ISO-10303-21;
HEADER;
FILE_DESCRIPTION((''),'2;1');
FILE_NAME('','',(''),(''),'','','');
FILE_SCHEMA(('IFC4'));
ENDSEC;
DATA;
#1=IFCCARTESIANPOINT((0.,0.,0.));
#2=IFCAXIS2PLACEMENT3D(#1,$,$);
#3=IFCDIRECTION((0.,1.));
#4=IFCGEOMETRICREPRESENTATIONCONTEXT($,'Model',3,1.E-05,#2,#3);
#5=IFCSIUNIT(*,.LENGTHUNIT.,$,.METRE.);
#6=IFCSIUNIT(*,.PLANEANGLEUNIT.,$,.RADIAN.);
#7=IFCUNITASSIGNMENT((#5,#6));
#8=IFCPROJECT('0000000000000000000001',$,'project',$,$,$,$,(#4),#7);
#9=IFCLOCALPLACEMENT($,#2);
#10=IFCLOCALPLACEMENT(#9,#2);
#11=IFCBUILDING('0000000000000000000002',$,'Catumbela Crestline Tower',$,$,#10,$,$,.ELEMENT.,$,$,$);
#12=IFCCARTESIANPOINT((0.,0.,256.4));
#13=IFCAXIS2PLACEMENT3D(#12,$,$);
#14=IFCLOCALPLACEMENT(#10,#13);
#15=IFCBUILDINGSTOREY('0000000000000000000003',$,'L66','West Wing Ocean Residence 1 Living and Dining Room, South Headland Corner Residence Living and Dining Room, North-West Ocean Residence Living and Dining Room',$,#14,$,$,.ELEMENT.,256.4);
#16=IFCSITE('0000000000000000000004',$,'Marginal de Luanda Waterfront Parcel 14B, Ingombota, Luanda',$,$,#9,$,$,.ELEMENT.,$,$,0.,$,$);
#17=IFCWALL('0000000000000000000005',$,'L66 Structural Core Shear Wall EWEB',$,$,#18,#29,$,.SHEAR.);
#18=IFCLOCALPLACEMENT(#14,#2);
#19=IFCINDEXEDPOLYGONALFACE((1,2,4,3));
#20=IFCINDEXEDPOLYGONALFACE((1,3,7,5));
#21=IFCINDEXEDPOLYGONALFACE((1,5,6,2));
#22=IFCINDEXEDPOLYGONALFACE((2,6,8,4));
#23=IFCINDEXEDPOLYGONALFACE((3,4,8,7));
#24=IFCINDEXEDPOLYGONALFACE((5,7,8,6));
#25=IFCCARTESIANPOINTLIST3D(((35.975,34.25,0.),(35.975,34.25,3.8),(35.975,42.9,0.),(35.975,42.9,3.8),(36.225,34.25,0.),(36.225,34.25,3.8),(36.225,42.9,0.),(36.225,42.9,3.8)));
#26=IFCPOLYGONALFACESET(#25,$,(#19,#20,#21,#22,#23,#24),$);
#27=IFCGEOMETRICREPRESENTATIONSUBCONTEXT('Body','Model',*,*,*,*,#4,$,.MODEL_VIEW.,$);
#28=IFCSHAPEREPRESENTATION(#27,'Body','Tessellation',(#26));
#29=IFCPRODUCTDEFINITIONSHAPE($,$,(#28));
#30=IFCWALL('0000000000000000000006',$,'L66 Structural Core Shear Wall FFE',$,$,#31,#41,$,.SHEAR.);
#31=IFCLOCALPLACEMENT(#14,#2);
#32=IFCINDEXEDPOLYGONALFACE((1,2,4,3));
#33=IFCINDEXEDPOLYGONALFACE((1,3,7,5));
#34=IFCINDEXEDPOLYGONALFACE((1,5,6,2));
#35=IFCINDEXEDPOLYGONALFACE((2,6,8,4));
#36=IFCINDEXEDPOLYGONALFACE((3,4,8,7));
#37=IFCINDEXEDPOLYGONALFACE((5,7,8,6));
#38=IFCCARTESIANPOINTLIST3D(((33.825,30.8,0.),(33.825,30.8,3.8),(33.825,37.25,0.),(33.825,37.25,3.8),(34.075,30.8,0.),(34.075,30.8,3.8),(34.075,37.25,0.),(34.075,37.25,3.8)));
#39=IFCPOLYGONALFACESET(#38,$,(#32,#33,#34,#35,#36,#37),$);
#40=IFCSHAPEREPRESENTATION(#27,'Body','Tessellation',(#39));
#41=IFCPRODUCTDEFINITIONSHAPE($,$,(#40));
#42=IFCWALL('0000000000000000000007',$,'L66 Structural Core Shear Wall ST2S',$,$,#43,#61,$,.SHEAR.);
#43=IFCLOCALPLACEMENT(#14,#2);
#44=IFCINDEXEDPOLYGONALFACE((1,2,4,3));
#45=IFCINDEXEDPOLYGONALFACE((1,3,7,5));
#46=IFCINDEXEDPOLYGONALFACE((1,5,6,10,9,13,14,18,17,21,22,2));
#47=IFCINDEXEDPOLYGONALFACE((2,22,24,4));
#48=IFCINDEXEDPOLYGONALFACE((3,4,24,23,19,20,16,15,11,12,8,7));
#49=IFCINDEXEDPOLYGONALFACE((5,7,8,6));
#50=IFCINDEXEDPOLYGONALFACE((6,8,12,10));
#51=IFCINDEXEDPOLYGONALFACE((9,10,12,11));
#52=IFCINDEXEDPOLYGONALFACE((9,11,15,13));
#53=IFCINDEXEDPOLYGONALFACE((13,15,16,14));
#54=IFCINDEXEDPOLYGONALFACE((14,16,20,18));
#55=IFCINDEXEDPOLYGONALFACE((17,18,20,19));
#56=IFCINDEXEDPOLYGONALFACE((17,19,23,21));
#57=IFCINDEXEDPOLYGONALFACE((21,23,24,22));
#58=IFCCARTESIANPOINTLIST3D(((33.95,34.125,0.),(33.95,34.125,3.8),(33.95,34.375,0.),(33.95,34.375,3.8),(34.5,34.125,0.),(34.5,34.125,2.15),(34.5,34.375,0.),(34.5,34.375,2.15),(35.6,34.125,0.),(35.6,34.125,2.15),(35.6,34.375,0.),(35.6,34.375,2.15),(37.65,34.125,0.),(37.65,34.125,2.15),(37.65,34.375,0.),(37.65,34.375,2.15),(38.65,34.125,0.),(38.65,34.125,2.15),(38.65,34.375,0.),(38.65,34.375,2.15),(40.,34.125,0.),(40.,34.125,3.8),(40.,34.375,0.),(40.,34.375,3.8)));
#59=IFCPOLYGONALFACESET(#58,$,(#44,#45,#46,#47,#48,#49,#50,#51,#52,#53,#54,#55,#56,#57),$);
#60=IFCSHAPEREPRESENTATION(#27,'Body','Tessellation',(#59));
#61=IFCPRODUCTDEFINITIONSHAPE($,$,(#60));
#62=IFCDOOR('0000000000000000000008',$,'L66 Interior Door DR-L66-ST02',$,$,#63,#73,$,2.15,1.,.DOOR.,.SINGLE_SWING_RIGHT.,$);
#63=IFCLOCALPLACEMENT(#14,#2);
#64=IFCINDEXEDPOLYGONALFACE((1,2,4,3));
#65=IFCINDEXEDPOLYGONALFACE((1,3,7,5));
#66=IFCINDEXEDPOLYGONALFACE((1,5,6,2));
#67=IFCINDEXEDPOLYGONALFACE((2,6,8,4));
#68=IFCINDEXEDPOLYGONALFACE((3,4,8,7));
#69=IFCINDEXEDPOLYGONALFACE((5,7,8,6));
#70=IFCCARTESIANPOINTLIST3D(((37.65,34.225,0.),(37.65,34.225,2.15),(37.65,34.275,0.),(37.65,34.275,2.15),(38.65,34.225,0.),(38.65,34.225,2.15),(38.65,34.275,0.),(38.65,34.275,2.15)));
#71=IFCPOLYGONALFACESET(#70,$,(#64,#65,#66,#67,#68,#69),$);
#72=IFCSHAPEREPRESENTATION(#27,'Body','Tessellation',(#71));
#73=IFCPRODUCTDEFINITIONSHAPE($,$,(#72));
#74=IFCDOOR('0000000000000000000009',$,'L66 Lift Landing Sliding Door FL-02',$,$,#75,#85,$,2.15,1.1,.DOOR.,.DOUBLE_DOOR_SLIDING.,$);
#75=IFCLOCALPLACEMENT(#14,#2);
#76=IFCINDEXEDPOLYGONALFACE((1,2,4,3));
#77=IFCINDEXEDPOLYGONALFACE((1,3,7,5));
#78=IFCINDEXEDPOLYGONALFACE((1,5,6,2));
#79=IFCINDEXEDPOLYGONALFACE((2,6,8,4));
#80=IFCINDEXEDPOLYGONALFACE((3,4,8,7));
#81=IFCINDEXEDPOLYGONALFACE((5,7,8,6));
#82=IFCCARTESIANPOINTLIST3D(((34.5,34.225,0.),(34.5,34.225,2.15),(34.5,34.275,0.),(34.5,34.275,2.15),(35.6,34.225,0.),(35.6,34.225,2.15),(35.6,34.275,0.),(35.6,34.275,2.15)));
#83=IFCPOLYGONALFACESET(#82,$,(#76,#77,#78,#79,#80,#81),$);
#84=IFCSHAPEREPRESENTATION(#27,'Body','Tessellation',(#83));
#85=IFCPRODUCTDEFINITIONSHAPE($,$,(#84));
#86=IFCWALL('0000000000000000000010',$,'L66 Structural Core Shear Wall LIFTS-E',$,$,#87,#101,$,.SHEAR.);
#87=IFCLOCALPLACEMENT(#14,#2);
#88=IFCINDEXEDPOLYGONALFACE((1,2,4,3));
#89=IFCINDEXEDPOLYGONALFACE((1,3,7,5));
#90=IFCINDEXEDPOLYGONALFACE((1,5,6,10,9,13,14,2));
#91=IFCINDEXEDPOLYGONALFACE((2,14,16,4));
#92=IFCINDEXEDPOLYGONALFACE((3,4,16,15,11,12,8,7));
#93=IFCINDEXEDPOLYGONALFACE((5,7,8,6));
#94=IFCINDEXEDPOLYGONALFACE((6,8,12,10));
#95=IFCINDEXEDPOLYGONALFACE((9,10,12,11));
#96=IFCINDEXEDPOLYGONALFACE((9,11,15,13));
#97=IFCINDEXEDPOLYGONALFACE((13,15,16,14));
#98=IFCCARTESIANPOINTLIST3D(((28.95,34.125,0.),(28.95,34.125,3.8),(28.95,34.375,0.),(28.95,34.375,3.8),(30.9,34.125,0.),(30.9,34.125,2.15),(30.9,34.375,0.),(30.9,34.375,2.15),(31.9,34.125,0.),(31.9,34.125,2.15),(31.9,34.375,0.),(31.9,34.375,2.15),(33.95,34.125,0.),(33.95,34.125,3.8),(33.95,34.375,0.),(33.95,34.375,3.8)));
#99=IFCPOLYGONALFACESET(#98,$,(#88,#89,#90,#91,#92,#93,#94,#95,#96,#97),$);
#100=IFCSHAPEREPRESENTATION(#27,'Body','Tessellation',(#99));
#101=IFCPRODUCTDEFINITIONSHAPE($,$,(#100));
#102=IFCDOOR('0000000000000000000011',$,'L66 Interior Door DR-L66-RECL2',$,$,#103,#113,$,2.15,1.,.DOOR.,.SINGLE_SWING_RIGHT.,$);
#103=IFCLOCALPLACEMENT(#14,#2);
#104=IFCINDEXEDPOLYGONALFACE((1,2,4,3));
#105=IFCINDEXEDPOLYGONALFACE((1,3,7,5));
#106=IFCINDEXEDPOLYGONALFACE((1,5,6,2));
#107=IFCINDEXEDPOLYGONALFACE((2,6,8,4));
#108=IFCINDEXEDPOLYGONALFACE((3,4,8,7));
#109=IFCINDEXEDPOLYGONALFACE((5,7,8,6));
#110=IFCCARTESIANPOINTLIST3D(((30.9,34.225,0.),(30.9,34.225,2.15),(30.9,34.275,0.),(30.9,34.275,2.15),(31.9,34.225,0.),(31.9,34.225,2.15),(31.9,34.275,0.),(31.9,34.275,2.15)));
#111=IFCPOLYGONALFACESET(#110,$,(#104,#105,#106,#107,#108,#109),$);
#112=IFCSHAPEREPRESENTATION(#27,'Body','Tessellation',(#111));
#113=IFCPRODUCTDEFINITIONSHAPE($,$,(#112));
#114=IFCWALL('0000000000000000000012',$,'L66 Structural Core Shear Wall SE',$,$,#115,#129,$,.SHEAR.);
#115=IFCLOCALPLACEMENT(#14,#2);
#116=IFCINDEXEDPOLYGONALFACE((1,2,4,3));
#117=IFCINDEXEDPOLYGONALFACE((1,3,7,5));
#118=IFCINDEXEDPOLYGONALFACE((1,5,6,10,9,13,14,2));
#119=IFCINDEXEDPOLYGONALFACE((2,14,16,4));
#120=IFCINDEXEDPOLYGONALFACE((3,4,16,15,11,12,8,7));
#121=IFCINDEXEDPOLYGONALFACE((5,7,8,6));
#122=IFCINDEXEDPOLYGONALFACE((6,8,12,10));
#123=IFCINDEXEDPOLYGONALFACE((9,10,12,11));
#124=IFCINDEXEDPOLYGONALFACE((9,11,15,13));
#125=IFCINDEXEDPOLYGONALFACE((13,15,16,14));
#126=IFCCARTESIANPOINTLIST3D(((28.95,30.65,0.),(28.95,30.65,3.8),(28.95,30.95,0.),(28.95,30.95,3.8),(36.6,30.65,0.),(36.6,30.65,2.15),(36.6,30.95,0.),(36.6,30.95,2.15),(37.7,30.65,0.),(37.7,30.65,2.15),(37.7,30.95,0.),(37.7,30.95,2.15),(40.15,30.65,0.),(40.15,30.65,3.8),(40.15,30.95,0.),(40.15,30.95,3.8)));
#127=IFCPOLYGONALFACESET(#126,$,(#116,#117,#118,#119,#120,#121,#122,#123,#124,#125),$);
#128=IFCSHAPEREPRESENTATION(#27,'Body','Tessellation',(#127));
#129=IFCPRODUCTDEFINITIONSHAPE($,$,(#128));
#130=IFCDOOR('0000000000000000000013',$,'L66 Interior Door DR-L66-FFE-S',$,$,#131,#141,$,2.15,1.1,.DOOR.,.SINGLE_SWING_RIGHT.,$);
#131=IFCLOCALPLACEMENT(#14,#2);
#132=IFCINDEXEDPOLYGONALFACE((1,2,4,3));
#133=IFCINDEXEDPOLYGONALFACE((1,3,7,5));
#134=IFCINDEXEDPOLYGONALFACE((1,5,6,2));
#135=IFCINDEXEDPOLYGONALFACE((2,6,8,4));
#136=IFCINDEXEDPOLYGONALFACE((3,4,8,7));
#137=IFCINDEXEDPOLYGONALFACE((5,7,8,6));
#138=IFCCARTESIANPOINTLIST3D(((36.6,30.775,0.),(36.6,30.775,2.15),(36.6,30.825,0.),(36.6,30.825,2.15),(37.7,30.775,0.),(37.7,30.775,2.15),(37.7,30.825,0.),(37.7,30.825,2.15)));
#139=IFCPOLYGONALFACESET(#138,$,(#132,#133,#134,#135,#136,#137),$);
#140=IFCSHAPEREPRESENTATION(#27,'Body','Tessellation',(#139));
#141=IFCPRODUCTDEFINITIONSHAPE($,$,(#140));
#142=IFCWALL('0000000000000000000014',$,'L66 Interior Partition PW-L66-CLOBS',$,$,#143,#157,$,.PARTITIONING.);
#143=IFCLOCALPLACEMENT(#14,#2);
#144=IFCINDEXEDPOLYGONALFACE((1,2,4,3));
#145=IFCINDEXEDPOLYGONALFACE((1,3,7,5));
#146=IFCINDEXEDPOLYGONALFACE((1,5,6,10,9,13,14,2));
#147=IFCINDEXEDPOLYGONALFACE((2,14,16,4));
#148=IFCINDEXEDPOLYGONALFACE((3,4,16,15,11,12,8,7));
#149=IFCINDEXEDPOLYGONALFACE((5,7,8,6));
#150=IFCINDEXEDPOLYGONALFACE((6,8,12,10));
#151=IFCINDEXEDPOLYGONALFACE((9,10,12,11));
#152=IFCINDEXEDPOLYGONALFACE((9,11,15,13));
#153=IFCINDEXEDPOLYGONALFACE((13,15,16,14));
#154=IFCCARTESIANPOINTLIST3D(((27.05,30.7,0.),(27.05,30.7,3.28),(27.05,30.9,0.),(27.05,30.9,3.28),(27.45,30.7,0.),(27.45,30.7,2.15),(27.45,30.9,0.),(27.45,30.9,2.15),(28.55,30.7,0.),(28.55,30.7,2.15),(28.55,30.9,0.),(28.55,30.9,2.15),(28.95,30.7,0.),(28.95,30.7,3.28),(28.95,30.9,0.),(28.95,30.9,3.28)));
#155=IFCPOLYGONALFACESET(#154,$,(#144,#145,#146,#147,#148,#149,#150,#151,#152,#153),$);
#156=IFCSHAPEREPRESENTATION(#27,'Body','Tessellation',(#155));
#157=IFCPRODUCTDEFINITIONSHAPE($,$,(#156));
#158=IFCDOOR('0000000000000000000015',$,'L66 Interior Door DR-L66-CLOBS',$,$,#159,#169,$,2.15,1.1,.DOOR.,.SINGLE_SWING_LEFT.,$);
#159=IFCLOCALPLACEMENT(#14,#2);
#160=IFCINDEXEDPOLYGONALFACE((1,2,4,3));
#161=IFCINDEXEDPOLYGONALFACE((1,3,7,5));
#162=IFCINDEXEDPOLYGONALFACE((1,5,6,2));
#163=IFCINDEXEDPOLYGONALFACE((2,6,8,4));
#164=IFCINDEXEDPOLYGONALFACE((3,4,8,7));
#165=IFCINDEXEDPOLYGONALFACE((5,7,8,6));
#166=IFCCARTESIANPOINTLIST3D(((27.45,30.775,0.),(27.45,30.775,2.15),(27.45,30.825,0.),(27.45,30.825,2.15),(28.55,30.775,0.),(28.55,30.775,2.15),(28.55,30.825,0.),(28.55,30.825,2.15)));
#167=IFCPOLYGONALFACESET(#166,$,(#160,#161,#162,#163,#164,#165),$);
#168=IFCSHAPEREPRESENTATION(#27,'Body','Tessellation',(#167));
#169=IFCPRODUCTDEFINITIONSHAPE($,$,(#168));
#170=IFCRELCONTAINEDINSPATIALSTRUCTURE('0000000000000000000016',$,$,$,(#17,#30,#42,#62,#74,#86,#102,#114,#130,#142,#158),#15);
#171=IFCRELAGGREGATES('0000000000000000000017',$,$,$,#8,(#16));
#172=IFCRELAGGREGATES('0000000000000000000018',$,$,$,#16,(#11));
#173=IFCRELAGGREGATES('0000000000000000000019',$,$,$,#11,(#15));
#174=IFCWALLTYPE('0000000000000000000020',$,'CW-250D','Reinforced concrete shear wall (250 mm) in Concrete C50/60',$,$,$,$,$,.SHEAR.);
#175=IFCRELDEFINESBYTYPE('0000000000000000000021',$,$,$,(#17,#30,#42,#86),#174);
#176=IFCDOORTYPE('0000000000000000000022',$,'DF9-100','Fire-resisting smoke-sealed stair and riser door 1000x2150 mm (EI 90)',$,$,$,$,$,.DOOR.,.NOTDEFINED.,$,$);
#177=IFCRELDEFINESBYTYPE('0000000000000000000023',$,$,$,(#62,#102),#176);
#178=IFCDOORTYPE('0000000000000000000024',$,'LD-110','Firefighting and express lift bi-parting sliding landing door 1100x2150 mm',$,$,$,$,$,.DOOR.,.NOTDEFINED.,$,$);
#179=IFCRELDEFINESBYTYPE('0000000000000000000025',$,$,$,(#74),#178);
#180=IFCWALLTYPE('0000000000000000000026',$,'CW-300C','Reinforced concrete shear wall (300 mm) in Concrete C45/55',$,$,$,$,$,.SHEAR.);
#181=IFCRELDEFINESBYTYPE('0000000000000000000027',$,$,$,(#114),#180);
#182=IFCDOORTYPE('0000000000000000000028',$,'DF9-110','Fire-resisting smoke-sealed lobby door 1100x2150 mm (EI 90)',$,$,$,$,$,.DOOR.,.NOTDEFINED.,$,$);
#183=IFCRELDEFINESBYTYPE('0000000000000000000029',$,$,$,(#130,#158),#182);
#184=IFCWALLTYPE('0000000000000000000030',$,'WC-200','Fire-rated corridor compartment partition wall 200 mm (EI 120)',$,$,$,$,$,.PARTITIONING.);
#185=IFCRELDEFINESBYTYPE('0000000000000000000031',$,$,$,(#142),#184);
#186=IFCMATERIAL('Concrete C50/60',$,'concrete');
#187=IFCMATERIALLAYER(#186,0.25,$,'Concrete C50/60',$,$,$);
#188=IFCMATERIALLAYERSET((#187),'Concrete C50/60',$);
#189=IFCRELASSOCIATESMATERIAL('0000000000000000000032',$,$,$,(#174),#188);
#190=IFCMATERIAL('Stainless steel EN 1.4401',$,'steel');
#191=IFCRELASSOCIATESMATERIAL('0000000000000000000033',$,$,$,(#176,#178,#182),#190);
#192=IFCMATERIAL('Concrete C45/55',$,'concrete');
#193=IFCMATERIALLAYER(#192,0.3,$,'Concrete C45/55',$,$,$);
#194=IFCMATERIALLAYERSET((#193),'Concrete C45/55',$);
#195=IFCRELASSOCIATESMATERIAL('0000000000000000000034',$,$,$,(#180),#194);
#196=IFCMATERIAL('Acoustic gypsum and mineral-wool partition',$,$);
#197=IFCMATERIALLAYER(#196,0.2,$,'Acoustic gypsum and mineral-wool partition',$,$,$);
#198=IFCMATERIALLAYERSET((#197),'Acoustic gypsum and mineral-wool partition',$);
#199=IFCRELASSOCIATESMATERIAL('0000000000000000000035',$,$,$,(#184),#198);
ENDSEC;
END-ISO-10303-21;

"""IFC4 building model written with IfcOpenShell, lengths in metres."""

from ifc_helpers import new_model, si_unit, direction, frame, frame_2d, origin, place, context, subcontext, project, spatial, rectangle, extrude, material, layer, layer_set, type_object, element, fill, save


model = new_model("IFC4")

# Units and contexts
model_context = context("Model", 3, precision=1e-05, world=origin(), true_north=direction((0.0, 1.0)))
body_context = subcontext(model_context, "Body", "Model", "MODEL_VIEW")
ifc_project = project(units=[si_unit("LENGTHUNIT", "METRE"), si_unit("PLANEANGLEUNIT", "RADIAN")], contexts=[model_context])

# Site, building, storey
site_placement = place(None, origin())
site = spatial("IfcSite", under=ifc_project, at=site_placement, Name="Marginal de Luanda Waterfront Parcel 14B, Ingombota, Luanda", CompositionType="ELEMENT", RefElevation=0.0)
building_placement = place(site_placement, origin())
building = spatial("IfcBuilding", under=site, at=building_placement, Name="Catumbela Crestline Tower", CompositionType="ELEMENT")
storey_placement = place(building_placement, frame((0.0, 0.0, 256.4)))
storey = spatial("IfcBuildingStorey", under=building, at=storey_placement, Name="L66", Description="West Wing Ocean Residence 1 Living and Dining Room, South Headland Corner Residence Living and Dining Room, North-West Ocean Residence Living and Dining Room", CompositionType="ELEMENT", Elevation=256.4)

# Walls
ifc_material_1 = material(Name="Concrete C50/60", Category="concrete")
ifc_layer_1 = layer(ifc_material_1, 0.25, Name="Concrete C50/60")
ifc_layer_set_1 = layer_set([ifc_layer_1], Name="Concrete C50/60")
wall_type_1 = type_object("IfcWallType", Name="CW-250D", Description="Reinforced concrete shear wall (250 mm) in Concrete C50/60", PredefinedType="SHEAR", material=ifc_layer_set_1)
wall_1_placement = place(storey_placement, frame((36.1, 34.25, 0.0), z_axis=(0.0, 0.0, 1.0), x_axis=(0.0, 1.0, 0.0)))
element("IfcWall", 1, at=wall_1_placement, inside=storey, type_object=wall_type_1, Name="L66 Structural Core Shear Wall EWEB", PredefinedType="SHEAR", context=body_context, shape_type="SweptSolid", body=[
    extrude(rectangle(XDim=8.65, YDim=0.25, at=frame_2d((4.325, 0.0))), origin(), (0.0, 0.0, 1.0), 3.8),
])
wall_2_placement = place(storey_placement, frame((33.95, 30.8, 0.0), z_axis=(0.0, 0.0, 1.0), x_axis=(0.0, 1.0, 0.0)))
element("IfcWall", 2, at=wall_2_placement, inside=storey, type_object=wall_type_1, Name="L66 Structural Core Shear Wall FFE", PredefinedType="SHEAR", context=body_context, shape_type="SweptSolid", body=[
    extrude(rectangle(XDim=6.45, YDim=0.25, at=frame_2d((3.225, 0.0))), origin(), (0.0, 0.0, 1.0), 3.8),
])

# Wall, openings, doors
wall_3_placement = place(storey_placement, frame((33.95, 34.25, 0.0), z_axis=(0.0, 0.0, 1.0), x_axis=(1.0, 0.0, 0.0)))
wall_3 = element("IfcWall", 3, at=wall_3_placement, inside=storey, type_object=wall_type_1, Name="L66 Structural Core Shear Wall ST2S", PredefinedType="SHEAR", context=body_context, shape_type="SweptSolid", body=[
    extrude(rectangle(XDim=6.05, YDim=0.25, at=frame_2d((3.025, 0.0))), origin(), (0.0, 0.0, 1.0), 3.8),
])
opening_1_placement = place(wall_3_placement, frame((3.7, 0.0, 0.0)))
opening_1 = element("IfcOpeningElement", 4, at=opening_1_placement, cuts=wall_3, PredefinedType="OPENING", context=body_context, shape_type="SweptSolid", body=[
    extrude(rectangle(XDim=1.0, YDim=2.15, at=frame_2d((0.5, 1.075))), frame((0.0, 0.135, 0.0), z_axis=(0.0, -1.0, 0.0), x_axis=(1.0, 0.0, 0.0)), (0.0, 0.0, 1.0), 0.27),
])
opening_2_placement = place(wall_3_placement, frame((0.55, 0.0, 0.0)))
opening_2 = element("IfcOpeningElement", 5, at=opening_2_placement, cuts=wall_3, PredefinedType="OPENING", context=body_context, shape_type="SweptSolid", body=[
    extrude(rectangle(XDim=1.1, YDim=2.15, at=frame_2d((0.55, 1.075))), frame((0.0, 0.135, 0.0), z_axis=(0.0, -1.0, 0.0), x_axis=(1.0, 0.0, 0.0)), (0.0, 0.0, 1.0), 0.27),
])
ifc_material_2 = material(Name="Stainless steel EN 1.4401", Category="steel")
door_type_1 = type_object("IfcDoorType", Name="DF9-100", Description="Fire-resisting smoke-sealed stair and riser door 1000x2150 mm (EI 90)", OperationType="NOTDEFINED", PredefinedType="DOOR", material=ifc_material_2)
door_1_placement = place(opening_1_placement, origin())
door_1 = element("IfcDoor", 6, at=door_1_placement, inside=storey, type_object=door_type_1, Name="L66 Interior Door DR-L66-ST02", OperationType="SINGLE_SWING_RIGHT", OverallHeight=2.15, OverallWidth=1.0, PredefinedType="DOOR", context=body_context, shape_type="SweptSolid", body=[
    extrude(rectangle(XDim=1.0, YDim=2.15, at=frame_2d((0.5, 1.075))), frame((0.0, 0.025, 0.0), z_axis=(0.0, -1.0, 0.0), x_axis=(1.0, 0.0, 0.0)), (0.0, 0.0, 1.0), 0.05),
])
fill(opening_1, door_1)
door_type_2 = type_object("IfcDoorType", Name="LD-110", Description="Firefighting and express lift bi-parting sliding landing door 1100x2150 mm", OperationType="NOTDEFINED", PredefinedType="DOOR", material=ifc_material_2)
door_2_placement = place(opening_2_placement, origin())
door_2 = element("IfcDoor", 7, at=door_2_placement, inside=storey, type_object=door_type_2, Name="L66 Lift Landing Sliding Door FL-02", OperationType="DOUBLE_DOOR_SLIDING", OverallHeight=2.15, OverallWidth=1.1, PredefinedType="DOOR", context=body_context, shape_type="SweptSolid", body=[
    extrude(rectangle(XDim=1.1, YDim=2.15, at=frame_2d((0.55, 1.075))), frame((0.0, 0.025, 0.0), z_axis=(0.0, -1.0, 0.0), x_axis=(1.0, 0.0, 0.0)), (0.0, 0.0, 1.0), 0.05),
])
fill(opening_2, door_2)

# Walls, openings, doors
wall_4_placement = place(storey_placement, frame((28.95, 34.25, 0.0), z_axis=(0.0, 0.0, 1.0), x_axis=(1.0, 0.0, 0.0)))
wall_4 = element("IfcWall", 8, at=wall_4_placement, inside=storey, type_object=wall_type_1, Name="L66 Structural Core Shear Wall LIFTS-E", PredefinedType="SHEAR", context=body_context, shape_type="SweptSolid", body=[
    extrude(rectangle(XDim=5.0, YDim=0.25, at=frame_2d((2.5, 0.0))), origin(), (0.0, 0.0, 1.0), 3.8),
])
opening_3_placement = place(wall_4_placement, frame((1.95, 0.0, 0.0)))
opening_3 = element("IfcOpeningElement", 9, at=opening_3_placement, cuts=wall_4, PredefinedType="OPENING", context=body_context, shape_type="SweptSolid", body=[
    extrude(rectangle(XDim=1.0, YDim=2.15, at=frame_2d((0.5, 1.075))), frame((0.0, 0.135, 0.0), z_axis=(0.0, -1.0, 0.0), x_axis=(1.0, 0.0, 0.0)), (0.0, 0.0, 1.0), 0.27),
])
door_3_placement = place(opening_3_placement, origin())
door_3 = element("IfcDoor", 10, at=door_3_placement, inside=storey, type_object=door_type_1, Name="L66 Interior Door DR-L66-RECL2", OperationType="SINGLE_SWING_RIGHT", OverallHeight=2.15, OverallWidth=1.0, PredefinedType="DOOR", context=body_context, shape_type="SweptSolid", body=[
    extrude(rectangle(XDim=1.0, YDim=2.15, at=frame_2d((0.5, 1.075))), frame((0.0, 0.025, 0.0), z_axis=(0.0, -1.0, 0.0), x_axis=(1.0, 0.0, 0.0)), (0.0, 0.0, 1.0), 0.05),
])
fill(opening_3, door_3)
ifc_material_3 = material(Name="Concrete C45/55", Category="concrete")
ifc_layer_2 = layer(ifc_material_3, 0.3, Name="Concrete C45/55")
ifc_layer_set_2 = layer_set([ifc_layer_2], Name="Concrete C45/55")
wall_type_2 = type_object("IfcWallType", Name="CW-300C", Description="Reinforced concrete shear wall (300 mm) in Concrete C45/55", PredefinedType="SHEAR", material=ifc_layer_set_2)
wall_5_placement = place(storey_placement, frame((28.95, 30.8, 0.0), z_axis=(0.0, 0.0, 1.0), x_axis=(1.0, 0.0, 0.0)))
wall_5 = element("IfcWall", 11, at=wall_5_placement, inside=storey, type_object=wall_type_2, Name="L66 Structural Core Shear Wall SE", PredefinedType="SHEAR", context=body_context, shape_type="SweptSolid", body=[
    extrude(rectangle(XDim=11.2, YDim=0.3, at=frame_2d((5.6, 0.0))), origin(), (0.0, 0.0, 1.0), 3.8),
])
opening_4_placement = place(wall_5_placement, frame((7.65, 0.0, 0.0)))
opening_4 = element("IfcOpeningElement", 12, at=opening_4_placement, cuts=wall_5, PredefinedType="OPENING", context=body_context, shape_type="SweptSolid", body=[
    extrude(rectangle(XDim=1.1, YDim=2.15, at=frame_2d((0.55, 1.075))), frame((0.0, 0.16, 0.0), z_axis=(0.0, -1.0, 0.0), x_axis=(1.0, 0.0, 0.0)), (0.0, 0.0, 1.0), 0.32),
])
door_type_3 = type_object("IfcDoorType", Name="DF9-110", Description="Fire-resisting smoke-sealed lobby door 1100x2150 mm (EI 90)", OperationType="NOTDEFINED", PredefinedType="DOOR", material=ifc_material_2)
door_4_placement = place(opening_4_placement, origin())
door_4 = element("IfcDoor", 13, at=door_4_placement, inside=storey, type_object=door_type_3, Name="L66 Interior Door DR-L66-FFE-S", OperationType="SINGLE_SWING_RIGHT", OverallHeight=2.15, OverallWidth=1.1, PredefinedType="DOOR", context=body_context, shape_type="SweptSolid", body=[
    extrude(rectangle(XDim=1.1, YDim=2.15, at=frame_2d((0.55, 1.075))), frame((0.0, 0.025, 0.0), z_axis=(0.0, -1.0, 0.0), x_axis=(1.0, 0.0, 0.0)), (0.0, 0.0, 1.0), 0.05),
])
fill(opening_4, door_4)
ifc_material_4 = material(Name="Acoustic gypsum and mineral-wool partition")
ifc_layer_3 = layer(ifc_material_4, 0.2, Name="Acoustic gypsum and mineral-wool partition")
ifc_layer_set_3 = layer_set([ifc_layer_3], Name="Acoustic gypsum and mineral-wool partition")
wall_type_3 = type_object("IfcWallType", Name="WC-200", Description="Fire-rated corridor compartment partition wall 200 mm (EI 120)", PredefinedType="PARTITIONING", material=ifc_layer_set_3)
wall_6_placement = place(storey_placement, frame((27.05, 30.8, 0.0), z_axis=(0.0, 0.0, 1.0), x_axis=(1.0, 0.0, 0.0)))
wall_6 = element("IfcWall", 14, at=wall_6_placement, inside=storey, type_object=wall_type_3, Name="L66 Interior Partition PW-L66-CLOBS", PredefinedType="PARTITIONING", context=body_context, shape_type="SweptSolid", body=[
    extrude(rectangle(XDim=1.9, YDim=0.2, at=frame_2d((0.95, 0.0))), origin(), (0.0, 0.0, 1.0), 3.28),
])
opening_5_placement = place(wall_6_placement, frame((0.4, 0.0, 0.0)))
opening_5 = element("IfcOpeningElement", 15, at=opening_5_placement, cuts=wall_6, PredefinedType="OPENING", context=body_context, shape_type="SweptSolid", body=[
    extrude(rectangle(XDim=1.1, YDim=2.15, at=frame_2d((0.55, 1.075))), frame((0.0, 0.11, 0.0), z_axis=(0.0, -1.0, 0.0), x_axis=(1.0, 0.0, 0.0)), (0.0, 0.0, 1.0), 0.22),
])
door_5_placement = place(opening_5_placement, origin())
door_5 = element("IfcDoor", 16, at=door_5_placement, inside=storey, type_object=door_type_3, Name="L66 Interior Door DR-L66-CLOBS", OperationType="SINGLE_SWING_LEFT", OverallHeight=2.15, OverallWidth=1.1, PredefinedType="DOOR", context=body_context, shape_type="SweptSolid", body=[
    extrude(rectangle(XDim=1.1, YDim=2.15, at=frame_2d((0.55, 1.075))), frame((0.0, 0.025, 0.0), z_axis=(0.0, -1.0, 0.0), x_axis=(1.0, 0.0, 0.0)), (0.0, 0.0, 1.0), 0.05),
])
fill(opening_5, door_5)

save(model, "model.ifc")
